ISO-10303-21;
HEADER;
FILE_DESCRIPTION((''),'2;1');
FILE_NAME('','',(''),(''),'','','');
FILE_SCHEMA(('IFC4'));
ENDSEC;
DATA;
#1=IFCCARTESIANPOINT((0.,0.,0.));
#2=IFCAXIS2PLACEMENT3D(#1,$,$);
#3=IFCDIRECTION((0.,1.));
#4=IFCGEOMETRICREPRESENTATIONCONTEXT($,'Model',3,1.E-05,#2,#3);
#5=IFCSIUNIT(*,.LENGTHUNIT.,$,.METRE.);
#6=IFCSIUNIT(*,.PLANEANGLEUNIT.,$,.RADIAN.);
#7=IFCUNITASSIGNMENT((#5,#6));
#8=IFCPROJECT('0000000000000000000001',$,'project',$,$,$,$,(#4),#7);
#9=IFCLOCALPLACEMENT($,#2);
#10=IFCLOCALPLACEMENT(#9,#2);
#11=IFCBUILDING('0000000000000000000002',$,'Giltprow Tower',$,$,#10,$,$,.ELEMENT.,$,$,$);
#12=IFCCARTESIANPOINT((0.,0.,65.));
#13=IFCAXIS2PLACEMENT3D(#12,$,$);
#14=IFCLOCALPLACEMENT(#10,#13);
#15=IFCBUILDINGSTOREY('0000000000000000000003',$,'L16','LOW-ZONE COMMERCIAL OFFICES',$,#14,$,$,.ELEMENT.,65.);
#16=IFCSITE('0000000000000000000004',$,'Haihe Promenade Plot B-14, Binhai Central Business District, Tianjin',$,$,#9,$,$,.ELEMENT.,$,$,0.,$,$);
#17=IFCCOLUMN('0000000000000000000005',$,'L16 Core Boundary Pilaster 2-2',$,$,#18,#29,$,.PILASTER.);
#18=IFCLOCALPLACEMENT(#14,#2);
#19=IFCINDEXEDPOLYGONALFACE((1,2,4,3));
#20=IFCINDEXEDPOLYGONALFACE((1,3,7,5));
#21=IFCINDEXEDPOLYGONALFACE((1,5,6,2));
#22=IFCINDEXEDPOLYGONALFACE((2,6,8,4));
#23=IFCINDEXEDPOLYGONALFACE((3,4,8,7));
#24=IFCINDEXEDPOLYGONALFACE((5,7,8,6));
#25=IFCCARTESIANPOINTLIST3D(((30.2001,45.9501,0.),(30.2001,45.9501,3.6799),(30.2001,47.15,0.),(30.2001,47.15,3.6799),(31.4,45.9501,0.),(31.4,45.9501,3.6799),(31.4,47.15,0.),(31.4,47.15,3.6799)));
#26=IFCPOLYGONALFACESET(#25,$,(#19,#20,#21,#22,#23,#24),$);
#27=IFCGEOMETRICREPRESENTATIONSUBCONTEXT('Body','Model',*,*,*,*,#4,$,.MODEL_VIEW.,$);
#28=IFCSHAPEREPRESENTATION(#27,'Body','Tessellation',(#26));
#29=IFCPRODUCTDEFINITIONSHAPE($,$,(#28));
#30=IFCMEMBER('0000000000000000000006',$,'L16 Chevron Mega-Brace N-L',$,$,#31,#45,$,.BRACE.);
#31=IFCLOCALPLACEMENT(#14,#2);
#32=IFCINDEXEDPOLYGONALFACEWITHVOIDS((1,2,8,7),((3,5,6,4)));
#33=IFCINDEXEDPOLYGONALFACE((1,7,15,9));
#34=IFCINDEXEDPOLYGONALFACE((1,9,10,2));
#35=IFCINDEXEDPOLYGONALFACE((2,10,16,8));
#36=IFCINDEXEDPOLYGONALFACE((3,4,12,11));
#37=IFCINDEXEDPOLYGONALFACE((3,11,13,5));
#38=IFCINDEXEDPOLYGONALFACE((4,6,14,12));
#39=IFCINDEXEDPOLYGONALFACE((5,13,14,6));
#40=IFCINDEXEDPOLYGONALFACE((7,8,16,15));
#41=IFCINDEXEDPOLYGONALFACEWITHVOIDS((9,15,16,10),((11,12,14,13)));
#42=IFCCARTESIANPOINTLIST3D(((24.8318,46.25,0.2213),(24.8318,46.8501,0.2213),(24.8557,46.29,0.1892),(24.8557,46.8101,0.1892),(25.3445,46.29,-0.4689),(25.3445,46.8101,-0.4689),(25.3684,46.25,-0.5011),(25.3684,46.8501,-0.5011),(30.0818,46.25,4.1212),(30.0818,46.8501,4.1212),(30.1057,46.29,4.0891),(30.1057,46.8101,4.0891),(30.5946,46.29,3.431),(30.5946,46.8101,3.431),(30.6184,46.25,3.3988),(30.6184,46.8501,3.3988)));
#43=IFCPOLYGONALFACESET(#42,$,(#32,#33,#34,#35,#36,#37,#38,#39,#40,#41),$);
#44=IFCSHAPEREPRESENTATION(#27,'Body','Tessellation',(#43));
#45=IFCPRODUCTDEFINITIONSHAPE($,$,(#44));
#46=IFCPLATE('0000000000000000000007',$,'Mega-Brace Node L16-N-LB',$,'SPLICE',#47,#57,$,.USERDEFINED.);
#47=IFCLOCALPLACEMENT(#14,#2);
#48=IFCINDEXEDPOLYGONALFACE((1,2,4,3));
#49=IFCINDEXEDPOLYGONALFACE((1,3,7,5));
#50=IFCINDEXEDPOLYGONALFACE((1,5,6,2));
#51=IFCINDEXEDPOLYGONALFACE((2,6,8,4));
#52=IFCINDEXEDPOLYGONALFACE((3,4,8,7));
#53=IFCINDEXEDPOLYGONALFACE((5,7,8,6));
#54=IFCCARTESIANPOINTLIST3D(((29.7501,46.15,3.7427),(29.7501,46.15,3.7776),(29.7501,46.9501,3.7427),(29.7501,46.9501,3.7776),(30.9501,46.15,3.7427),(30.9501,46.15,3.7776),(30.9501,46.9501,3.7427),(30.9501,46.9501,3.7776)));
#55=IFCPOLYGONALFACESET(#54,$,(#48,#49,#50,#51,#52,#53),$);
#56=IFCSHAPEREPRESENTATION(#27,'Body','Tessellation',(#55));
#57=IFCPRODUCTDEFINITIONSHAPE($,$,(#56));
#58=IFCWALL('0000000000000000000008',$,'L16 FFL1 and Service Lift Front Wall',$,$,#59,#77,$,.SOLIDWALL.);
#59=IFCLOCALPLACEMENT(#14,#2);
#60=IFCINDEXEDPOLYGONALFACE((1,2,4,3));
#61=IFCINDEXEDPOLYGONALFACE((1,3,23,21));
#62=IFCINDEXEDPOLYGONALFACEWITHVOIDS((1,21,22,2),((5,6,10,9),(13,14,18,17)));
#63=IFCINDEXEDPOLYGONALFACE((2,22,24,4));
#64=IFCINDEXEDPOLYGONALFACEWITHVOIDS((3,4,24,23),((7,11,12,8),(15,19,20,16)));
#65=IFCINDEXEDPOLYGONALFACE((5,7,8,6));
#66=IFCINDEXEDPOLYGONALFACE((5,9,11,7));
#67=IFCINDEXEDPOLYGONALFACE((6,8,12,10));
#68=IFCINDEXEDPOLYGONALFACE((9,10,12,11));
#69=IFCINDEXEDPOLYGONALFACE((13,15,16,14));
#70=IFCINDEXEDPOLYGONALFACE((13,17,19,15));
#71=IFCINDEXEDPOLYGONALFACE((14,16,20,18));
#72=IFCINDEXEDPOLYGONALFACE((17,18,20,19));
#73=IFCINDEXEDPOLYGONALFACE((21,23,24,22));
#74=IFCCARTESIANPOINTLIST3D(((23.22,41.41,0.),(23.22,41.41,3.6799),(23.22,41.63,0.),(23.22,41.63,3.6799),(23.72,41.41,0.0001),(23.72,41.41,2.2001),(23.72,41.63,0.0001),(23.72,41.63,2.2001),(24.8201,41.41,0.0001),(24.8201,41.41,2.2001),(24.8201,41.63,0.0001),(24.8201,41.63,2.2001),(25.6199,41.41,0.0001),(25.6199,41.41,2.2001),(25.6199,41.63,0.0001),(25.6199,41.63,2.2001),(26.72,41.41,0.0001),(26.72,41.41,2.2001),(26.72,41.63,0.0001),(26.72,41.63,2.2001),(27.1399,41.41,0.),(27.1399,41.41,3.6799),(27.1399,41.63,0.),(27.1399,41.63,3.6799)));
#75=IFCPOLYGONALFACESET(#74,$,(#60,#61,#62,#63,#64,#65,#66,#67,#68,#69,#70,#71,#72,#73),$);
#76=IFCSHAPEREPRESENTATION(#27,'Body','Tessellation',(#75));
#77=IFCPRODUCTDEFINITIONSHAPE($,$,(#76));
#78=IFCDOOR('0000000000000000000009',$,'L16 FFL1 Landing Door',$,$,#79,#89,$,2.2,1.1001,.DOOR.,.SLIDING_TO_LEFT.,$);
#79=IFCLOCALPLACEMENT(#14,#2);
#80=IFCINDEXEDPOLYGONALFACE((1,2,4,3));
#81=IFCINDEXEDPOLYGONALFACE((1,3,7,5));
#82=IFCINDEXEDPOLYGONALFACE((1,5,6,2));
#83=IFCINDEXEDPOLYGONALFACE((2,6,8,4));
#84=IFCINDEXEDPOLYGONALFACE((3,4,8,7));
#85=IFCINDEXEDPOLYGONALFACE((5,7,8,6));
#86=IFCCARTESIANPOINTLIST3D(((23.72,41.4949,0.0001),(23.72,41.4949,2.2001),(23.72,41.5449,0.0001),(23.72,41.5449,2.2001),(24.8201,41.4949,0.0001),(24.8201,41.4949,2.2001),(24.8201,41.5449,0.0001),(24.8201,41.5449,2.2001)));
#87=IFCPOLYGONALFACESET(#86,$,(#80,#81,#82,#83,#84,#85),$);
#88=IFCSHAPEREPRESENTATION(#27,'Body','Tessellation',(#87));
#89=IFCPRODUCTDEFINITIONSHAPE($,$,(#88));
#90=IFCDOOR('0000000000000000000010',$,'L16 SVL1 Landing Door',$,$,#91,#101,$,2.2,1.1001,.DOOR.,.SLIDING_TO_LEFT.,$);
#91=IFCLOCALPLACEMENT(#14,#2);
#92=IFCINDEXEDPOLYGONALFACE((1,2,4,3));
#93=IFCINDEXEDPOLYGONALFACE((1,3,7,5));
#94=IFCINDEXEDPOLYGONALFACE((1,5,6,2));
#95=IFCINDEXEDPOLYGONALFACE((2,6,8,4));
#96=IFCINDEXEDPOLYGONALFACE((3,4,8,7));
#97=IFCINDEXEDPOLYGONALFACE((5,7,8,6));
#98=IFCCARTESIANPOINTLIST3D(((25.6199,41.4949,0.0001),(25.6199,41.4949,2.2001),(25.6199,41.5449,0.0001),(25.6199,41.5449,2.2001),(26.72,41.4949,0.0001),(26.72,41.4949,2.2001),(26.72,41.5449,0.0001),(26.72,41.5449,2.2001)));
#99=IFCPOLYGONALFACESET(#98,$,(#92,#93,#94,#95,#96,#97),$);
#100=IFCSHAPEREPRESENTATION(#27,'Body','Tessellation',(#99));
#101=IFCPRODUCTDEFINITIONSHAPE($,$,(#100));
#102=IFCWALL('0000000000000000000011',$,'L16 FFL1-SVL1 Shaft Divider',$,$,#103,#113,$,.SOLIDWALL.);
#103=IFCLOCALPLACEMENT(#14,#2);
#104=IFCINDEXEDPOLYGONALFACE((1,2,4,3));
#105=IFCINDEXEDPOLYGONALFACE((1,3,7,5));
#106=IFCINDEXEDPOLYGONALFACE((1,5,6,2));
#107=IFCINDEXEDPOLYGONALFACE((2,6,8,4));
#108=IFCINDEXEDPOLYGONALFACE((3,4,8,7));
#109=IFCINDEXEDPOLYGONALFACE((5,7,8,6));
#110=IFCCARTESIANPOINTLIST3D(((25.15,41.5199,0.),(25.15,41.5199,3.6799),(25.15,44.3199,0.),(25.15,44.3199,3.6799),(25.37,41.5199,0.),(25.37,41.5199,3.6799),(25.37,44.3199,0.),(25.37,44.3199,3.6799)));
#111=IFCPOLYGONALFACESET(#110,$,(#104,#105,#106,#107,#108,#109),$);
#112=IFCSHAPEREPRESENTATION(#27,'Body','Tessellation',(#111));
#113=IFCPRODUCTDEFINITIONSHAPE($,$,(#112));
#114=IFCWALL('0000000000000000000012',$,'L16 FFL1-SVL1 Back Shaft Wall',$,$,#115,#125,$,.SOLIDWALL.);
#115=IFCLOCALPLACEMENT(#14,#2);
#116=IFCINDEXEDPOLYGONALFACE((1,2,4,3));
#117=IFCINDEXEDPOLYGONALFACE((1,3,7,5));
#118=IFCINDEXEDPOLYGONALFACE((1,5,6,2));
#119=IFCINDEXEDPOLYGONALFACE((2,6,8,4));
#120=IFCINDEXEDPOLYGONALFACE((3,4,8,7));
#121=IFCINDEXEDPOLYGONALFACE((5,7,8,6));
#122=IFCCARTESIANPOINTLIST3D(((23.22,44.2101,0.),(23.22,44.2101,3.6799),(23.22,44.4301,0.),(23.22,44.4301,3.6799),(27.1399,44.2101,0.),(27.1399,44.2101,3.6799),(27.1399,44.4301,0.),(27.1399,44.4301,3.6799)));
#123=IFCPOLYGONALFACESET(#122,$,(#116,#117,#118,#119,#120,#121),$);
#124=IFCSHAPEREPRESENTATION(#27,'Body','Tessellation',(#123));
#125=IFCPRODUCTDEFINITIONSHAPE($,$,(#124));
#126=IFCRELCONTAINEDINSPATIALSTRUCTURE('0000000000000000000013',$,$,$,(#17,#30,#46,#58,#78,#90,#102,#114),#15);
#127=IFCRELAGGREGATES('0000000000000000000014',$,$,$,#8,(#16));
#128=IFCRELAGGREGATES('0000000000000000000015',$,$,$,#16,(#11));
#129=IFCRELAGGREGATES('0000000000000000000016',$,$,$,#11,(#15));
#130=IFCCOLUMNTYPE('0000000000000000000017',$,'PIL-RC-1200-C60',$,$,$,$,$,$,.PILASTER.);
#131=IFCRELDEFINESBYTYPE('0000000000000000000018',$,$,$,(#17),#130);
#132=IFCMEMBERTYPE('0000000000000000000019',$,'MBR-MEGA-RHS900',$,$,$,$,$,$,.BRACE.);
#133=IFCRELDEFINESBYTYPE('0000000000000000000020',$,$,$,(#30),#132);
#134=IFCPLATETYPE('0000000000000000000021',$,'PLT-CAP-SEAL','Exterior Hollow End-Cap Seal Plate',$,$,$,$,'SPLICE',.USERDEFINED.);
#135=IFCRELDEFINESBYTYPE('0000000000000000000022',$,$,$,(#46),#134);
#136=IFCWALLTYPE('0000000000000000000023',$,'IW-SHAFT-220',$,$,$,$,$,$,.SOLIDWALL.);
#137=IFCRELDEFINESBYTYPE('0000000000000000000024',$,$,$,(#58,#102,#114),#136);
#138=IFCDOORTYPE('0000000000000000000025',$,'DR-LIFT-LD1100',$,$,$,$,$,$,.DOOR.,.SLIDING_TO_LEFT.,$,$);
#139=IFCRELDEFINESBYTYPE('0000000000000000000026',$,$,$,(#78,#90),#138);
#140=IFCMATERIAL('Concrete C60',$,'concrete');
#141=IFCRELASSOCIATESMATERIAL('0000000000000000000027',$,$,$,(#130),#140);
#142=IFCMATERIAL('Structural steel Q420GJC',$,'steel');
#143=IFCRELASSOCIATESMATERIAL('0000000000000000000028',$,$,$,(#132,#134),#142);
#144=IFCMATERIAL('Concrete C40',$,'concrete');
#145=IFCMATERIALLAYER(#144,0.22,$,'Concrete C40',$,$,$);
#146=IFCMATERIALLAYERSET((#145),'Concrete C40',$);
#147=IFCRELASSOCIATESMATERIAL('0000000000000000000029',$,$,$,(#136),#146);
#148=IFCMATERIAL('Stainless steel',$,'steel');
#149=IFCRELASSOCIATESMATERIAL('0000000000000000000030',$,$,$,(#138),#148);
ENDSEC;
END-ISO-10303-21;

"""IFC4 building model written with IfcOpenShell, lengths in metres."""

from ifc_helpers import new_model, si_unit, direction, frame, frame_2d, origin, origin_2d, place, context, subcontext, project, spatial, rectangle, hollow_rectangle, extrude, source, transform, mapped, material, layer, layer_set, material_profile, profile_set, type_object, element, fill, save


model = new_model("IFC4")

# Units and contexts
model_context = context("Model", 3, precision=1e-05, world=origin(), true_north=direction((0.0, 1.0)))
body_context = subcontext(model_context, "Body", "Model", "MODEL_VIEW")
ifc_project = project(units=[si_unit("LENGTHUNIT", "METRE"), si_unit("PLANEANGLEUNIT", "RADIAN")], contexts=[model_context])

# Site, building, storey
site_placement = place(None, origin())
site = spatial("IfcSite", under=ifc_project, at=site_placement, Name="Haihe Promenade Plot B-14, Binhai Central Business District, Tianjin", CompositionType="ELEMENT", RefElevation=0.0)
building_placement = place(site_placement, origin())
building = spatial("IfcBuilding", under=site, at=building_placement, Name="Giltprow Tower", CompositionType="ELEMENT")
storey_placement = place(building_placement, frame((0.0, 0.0, 65.0)))
storey = spatial("IfcBuildingStorey", under=building, at=storey_placement, Name="L16", Description="LOW-ZONE COMMERCIAL OFFICES", CompositionType="ELEMENT", Elevation=65.0)

# Column
ifc_material_1 = material(Name="Concrete C60", Category="concrete")
ifc_material_profile_1 = material_profile(ifc_material_1, rectangle(XDim=1.2, YDim=1.2, at=origin_2d()), Name="RC 1200x1200")
ifc_profile_set_1 = profile_set([ifc_material_profile_1], Name="Concrete C60")
column_type = type_object("IfcColumnType", Name="PIL-RC-1200-C60", PredefinedType="PILASTER", material=ifc_profile_set_1)
shared_shape_1 = source(origin(), body_context, "Body", "SweptSolid", [
    extrude(rectangle(XDim=1.2, YDim=1.2, at=origin_2d()), origin(), (0.0, 0.0, 1.0), 3.6799),
])
column_placement = place(storey_placement, frame((30.8, 46.55, 0.0), z_axis=(0.0, 0.0, 1.0), x_axis=(1.0, 0.0, 0.0)))
element("IfcColumn", 1, at=column_placement, inside=storey, type_object=column_type, Name="L16 Core Boundary Pilaster 2-2", PredefinedType="PILASTER", context=body_context, shape_type="MappedRepresentation", body=[
    mapped(shared_shape_1, transform((0.0, 0.0, 0.0), x_axis=(1.0, 0.0, 0.0), y_axis=(0.0, 1.0, 0.0), z_axis=(0.0, 0.0, 1.0), scale=1.0)),
])

# Member
ifc_material_2 = material(Name="Structural steel Q420GJC", Category="steel")
ifc_material_profile_2 = material_profile(ifc_material_2, hollow_rectangle(XDim=0.6001, YDim=0.8999, WallThickness=0.04, at=origin_2d()), Name="RHS 900x600x40")
ifc_profile_set_2 = profile_set([ifc_material_profile_2], Name="Structural steel Q420GJC")
member_type = type_object("IfcMemberType", Name="MBR-MEGA-RHS900", PredefinedType="BRACE", material=ifc_profile_set_2)
shared_shape_2 = source(origin(), body_context, "Body", "SweptSolid", [
    extrude(hollow_rectangle(XDim=0.6001, YDim=0.8999, WallThickness=0.04, at=origin_2d()), origin(), (0.0, 0.0, 1.0), 6.54),
])
member_placement = place(storey_placement, frame((25.1001, 46.55, -0.1399), z_axis=(0.802751, 0.0, 0.596314), x_axis=(0.0, 1.0, 0.0)))
element("IfcMember", 2, at=member_placement, inside=storey, type_object=member_type, Name="L16 Chevron Mega-Brace N-L", PredefinedType="BRACE", context=body_context, shape_type="MappedRepresentation", body=[
    mapped(shared_shape_2, transform((0.0, 0.0, 0.0), x_axis=(1.0, 0.0, 0.0), y_axis=(0.0, 1.0, 0.0), z_axis=(0.0, 0.0, 1.0), scale=1.0)),
])

# Plate
plate_type = type_object("IfcPlateType", Name="PLT-CAP-SEAL", Description="Exterior Hollow End-Cap Seal Plate", ElementType="SPLICE", PredefinedType="USERDEFINED", material=ifc_material_2)
shared_shape_3 = source(origin(), body_context, "Body", "SweptSolid", [
    extrude(rectangle(XDim=1.2, YDim=0.8, at=origin_2d()), origin(), (0.0, 0.0, 1.0), 0.0349),
])
plate_placement = place(storey_placement, frame((30.3501, 46.55, 3.7427), z_axis=(0.0, 0.0, 1.0), x_axis=(1.0, 0.0, 0.0)))
element("IfcPlate", 3, at=plate_placement, inside=storey, type_object=plate_type, Name="Mega-Brace Node L16-N-LB", ObjectType="SPLICE", PredefinedType="USERDEFINED", context=body_context, shape_type="MappedRepresentation", body=[
    mapped(shared_shape_3, transform((0.0, 0.0, 0.0), x_axis=(1.0, 0.0, 0.0), y_axis=(0.0, 1.0, 0.0), z_axis=(0.0, 0.0, 1.0), scale=1.0)),
])

# Wall, openings, doors
ifc_material_3 = material(Name="Concrete C40", Category="concrete")
ifc_layer_1 = layer(ifc_material_3, 0.22, Name="Concrete C40")
ifc_layer_set_1 = layer_set([ifc_layer_1], Name="Concrete C40")
wall_type_1 = type_object("IfcWallType", Name="IW-SHAFT-220", PredefinedType="SOLIDWALL", material=ifc_layer_set_1)
wall_1_placement = place(storey_placement, frame((23.22, 41.52, 0.0), z_axis=(0.0, 0.0, 1.0), x_axis=(1.0, 0.0, 0.0)))
wall_1 = element("IfcWall", 4, at=wall_1_placement, inside=storey, type_object=wall_type_1, Name="L16 FFL1 and Service Lift Front Wall", PredefinedType="SOLIDWALL", context=body_context, shape_type="SweptSolid", body=[
    extrude(rectangle(XDim=3.9199, YDim=0.22, at=frame_2d((1.96, 0.0))), origin(), (0.0, 0.0, 1.0), 3.6799),
])
opening_1_placement = place(wall_1_placement, frame((0.5, 0.0, 0.0)))
opening_1 = element("IfcOpeningElement", 5, at=opening_1_placement, cuts=wall_1, PredefinedType="OPENING", context=body_context, shape_type="SweptSolid", body=[
    extrude(rectangle(XDim=1.1001, YDim=2.2, at=frame_2d((0.55, 1.1001))), frame((0.0, 0.1199, 0.0), z_axis=(0.0, -1.0, 0.0), x_axis=(1.0, 0.0, 0.0)), (0.0, 0.0, 1.0), 0.24),
])
opening_2_placement = place(wall_1_placement, frame((2.3999, 0.0, 0.0)))
opening_2 = element("IfcOpeningElement", 6, at=opening_2_placement, cuts=wall_1, PredefinedType="OPENING", context=body_context, shape_type="SweptSolid", body=[
    extrude(rectangle(XDim=1.1001, YDim=2.2, at=frame_2d((0.55, 1.1001))), frame((0.0, 0.1199, 0.0), z_axis=(0.0, -1.0, 0.0), x_axis=(1.0, 0.0, 0.0)), (0.0, 0.0, 1.0), 0.24),
])
ifc_material_4 = material(Name="Stainless steel", Category="steel")
door_type = type_object("IfcDoorType", Name="DR-LIFT-LD1100", OperationType="SLIDING_TO_LEFT", PredefinedType="DOOR", material=ifc_material_4)
shared_shape_4 = source(origin(), body_context, "Body", "SweptSolid", [
    extrude(rectangle(XDim=1.1001, YDim=2.2, at=frame_2d((0.55, 1.1001))), frame((0.0, 0.0249, 0.0), z_axis=(0.0, -1.0, 0.0), x_axis=(1.0, 0.0, 0.0)), (0.0, 0.0, 1.0), 0.05),
])
door_1_placement = place(opening_1_placement, origin())
door_1 = element("IfcDoor", 7, at=door_1_placement, inside=storey, type_object=door_type, Name="L16 FFL1 Landing Door", OperationType="SLIDING_TO_LEFT", OverallHeight=2.2, OverallWidth=1.1001, PredefinedType="DOOR", context=body_context, shape_type="MappedRepresentation", body=[
    mapped(shared_shape_4, transform((0.0, 0.0, 0.0), x_axis=(1.0, 0.0, 0.0), y_axis=(0.0, 1.0, 0.0), z_axis=(0.0, 0.0, 1.0), scale=1.0)),
])
fill(opening_1, door_1)
door_2_placement = place(opening_2_placement, origin())
door_2 = element("IfcDoor", 8, at=door_2_placement, inside=storey, type_object=door_type, Name="L16 SVL1 Landing Door", OperationType="SLIDING_TO_LEFT", OverallHeight=2.2, OverallWidth=1.1001, PredefinedType="DOOR", context=body_context, shape_type="MappedRepresentation", body=[
    mapped(shared_shape_4, transform((0.0, 0.0, 0.0), x_axis=(1.0, 0.0, 0.0), y_axis=(0.0, 1.0, 0.0), z_axis=(0.0, 0.0, 1.0), scale=1.0)),
])
fill(opening_2, door_2)

# Walls
wall_2_placement = place(storey_placement, frame((25.26, 41.52, 0.0), z_axis=(0.0, 0.0, 1.0), x_axis=(0.0, 1.0, 0.0)))
element("IfcWall", 9, at=wall_2_placement, inside=storey, type_object=wall_type_1, Name="L16 FFL1-SVL1 Shaft Divider", PredefinedType="SOLIDWALL", context=body_context, shape_type="SweptSolid", body=[
    extrude(rectangle(XDim=2.8, YDim=0.22, at=frame_2d((1.3999, 0.0))), origin(), (0.0, 0.0, 1.0), 3.6799),
])
wall_3_placement = place(storey_placement, frame((23.22, 44.3201, 0.0), z_axis=(0.0, 0.0, 1.0), x_axis=(1.0, 0.0, 0.0)))
element("IfcWall", 10, at=wall_3_placement, inside=storey, type_object=wall_type_1, Name="L16 FFL1-SVL1 Back Shaft Wall", PredefinedType="SOLIDWALL", context=body_context, shape_type="SweptSolid", body=[
    extrude(rectangle(XDim=3.9199, YDim=0.22, at=frame_2d((1.96, 0.0))), origin(), (0.0, 0.0, 1.0), 3.6799),
])

save(model, "model.ifc")
